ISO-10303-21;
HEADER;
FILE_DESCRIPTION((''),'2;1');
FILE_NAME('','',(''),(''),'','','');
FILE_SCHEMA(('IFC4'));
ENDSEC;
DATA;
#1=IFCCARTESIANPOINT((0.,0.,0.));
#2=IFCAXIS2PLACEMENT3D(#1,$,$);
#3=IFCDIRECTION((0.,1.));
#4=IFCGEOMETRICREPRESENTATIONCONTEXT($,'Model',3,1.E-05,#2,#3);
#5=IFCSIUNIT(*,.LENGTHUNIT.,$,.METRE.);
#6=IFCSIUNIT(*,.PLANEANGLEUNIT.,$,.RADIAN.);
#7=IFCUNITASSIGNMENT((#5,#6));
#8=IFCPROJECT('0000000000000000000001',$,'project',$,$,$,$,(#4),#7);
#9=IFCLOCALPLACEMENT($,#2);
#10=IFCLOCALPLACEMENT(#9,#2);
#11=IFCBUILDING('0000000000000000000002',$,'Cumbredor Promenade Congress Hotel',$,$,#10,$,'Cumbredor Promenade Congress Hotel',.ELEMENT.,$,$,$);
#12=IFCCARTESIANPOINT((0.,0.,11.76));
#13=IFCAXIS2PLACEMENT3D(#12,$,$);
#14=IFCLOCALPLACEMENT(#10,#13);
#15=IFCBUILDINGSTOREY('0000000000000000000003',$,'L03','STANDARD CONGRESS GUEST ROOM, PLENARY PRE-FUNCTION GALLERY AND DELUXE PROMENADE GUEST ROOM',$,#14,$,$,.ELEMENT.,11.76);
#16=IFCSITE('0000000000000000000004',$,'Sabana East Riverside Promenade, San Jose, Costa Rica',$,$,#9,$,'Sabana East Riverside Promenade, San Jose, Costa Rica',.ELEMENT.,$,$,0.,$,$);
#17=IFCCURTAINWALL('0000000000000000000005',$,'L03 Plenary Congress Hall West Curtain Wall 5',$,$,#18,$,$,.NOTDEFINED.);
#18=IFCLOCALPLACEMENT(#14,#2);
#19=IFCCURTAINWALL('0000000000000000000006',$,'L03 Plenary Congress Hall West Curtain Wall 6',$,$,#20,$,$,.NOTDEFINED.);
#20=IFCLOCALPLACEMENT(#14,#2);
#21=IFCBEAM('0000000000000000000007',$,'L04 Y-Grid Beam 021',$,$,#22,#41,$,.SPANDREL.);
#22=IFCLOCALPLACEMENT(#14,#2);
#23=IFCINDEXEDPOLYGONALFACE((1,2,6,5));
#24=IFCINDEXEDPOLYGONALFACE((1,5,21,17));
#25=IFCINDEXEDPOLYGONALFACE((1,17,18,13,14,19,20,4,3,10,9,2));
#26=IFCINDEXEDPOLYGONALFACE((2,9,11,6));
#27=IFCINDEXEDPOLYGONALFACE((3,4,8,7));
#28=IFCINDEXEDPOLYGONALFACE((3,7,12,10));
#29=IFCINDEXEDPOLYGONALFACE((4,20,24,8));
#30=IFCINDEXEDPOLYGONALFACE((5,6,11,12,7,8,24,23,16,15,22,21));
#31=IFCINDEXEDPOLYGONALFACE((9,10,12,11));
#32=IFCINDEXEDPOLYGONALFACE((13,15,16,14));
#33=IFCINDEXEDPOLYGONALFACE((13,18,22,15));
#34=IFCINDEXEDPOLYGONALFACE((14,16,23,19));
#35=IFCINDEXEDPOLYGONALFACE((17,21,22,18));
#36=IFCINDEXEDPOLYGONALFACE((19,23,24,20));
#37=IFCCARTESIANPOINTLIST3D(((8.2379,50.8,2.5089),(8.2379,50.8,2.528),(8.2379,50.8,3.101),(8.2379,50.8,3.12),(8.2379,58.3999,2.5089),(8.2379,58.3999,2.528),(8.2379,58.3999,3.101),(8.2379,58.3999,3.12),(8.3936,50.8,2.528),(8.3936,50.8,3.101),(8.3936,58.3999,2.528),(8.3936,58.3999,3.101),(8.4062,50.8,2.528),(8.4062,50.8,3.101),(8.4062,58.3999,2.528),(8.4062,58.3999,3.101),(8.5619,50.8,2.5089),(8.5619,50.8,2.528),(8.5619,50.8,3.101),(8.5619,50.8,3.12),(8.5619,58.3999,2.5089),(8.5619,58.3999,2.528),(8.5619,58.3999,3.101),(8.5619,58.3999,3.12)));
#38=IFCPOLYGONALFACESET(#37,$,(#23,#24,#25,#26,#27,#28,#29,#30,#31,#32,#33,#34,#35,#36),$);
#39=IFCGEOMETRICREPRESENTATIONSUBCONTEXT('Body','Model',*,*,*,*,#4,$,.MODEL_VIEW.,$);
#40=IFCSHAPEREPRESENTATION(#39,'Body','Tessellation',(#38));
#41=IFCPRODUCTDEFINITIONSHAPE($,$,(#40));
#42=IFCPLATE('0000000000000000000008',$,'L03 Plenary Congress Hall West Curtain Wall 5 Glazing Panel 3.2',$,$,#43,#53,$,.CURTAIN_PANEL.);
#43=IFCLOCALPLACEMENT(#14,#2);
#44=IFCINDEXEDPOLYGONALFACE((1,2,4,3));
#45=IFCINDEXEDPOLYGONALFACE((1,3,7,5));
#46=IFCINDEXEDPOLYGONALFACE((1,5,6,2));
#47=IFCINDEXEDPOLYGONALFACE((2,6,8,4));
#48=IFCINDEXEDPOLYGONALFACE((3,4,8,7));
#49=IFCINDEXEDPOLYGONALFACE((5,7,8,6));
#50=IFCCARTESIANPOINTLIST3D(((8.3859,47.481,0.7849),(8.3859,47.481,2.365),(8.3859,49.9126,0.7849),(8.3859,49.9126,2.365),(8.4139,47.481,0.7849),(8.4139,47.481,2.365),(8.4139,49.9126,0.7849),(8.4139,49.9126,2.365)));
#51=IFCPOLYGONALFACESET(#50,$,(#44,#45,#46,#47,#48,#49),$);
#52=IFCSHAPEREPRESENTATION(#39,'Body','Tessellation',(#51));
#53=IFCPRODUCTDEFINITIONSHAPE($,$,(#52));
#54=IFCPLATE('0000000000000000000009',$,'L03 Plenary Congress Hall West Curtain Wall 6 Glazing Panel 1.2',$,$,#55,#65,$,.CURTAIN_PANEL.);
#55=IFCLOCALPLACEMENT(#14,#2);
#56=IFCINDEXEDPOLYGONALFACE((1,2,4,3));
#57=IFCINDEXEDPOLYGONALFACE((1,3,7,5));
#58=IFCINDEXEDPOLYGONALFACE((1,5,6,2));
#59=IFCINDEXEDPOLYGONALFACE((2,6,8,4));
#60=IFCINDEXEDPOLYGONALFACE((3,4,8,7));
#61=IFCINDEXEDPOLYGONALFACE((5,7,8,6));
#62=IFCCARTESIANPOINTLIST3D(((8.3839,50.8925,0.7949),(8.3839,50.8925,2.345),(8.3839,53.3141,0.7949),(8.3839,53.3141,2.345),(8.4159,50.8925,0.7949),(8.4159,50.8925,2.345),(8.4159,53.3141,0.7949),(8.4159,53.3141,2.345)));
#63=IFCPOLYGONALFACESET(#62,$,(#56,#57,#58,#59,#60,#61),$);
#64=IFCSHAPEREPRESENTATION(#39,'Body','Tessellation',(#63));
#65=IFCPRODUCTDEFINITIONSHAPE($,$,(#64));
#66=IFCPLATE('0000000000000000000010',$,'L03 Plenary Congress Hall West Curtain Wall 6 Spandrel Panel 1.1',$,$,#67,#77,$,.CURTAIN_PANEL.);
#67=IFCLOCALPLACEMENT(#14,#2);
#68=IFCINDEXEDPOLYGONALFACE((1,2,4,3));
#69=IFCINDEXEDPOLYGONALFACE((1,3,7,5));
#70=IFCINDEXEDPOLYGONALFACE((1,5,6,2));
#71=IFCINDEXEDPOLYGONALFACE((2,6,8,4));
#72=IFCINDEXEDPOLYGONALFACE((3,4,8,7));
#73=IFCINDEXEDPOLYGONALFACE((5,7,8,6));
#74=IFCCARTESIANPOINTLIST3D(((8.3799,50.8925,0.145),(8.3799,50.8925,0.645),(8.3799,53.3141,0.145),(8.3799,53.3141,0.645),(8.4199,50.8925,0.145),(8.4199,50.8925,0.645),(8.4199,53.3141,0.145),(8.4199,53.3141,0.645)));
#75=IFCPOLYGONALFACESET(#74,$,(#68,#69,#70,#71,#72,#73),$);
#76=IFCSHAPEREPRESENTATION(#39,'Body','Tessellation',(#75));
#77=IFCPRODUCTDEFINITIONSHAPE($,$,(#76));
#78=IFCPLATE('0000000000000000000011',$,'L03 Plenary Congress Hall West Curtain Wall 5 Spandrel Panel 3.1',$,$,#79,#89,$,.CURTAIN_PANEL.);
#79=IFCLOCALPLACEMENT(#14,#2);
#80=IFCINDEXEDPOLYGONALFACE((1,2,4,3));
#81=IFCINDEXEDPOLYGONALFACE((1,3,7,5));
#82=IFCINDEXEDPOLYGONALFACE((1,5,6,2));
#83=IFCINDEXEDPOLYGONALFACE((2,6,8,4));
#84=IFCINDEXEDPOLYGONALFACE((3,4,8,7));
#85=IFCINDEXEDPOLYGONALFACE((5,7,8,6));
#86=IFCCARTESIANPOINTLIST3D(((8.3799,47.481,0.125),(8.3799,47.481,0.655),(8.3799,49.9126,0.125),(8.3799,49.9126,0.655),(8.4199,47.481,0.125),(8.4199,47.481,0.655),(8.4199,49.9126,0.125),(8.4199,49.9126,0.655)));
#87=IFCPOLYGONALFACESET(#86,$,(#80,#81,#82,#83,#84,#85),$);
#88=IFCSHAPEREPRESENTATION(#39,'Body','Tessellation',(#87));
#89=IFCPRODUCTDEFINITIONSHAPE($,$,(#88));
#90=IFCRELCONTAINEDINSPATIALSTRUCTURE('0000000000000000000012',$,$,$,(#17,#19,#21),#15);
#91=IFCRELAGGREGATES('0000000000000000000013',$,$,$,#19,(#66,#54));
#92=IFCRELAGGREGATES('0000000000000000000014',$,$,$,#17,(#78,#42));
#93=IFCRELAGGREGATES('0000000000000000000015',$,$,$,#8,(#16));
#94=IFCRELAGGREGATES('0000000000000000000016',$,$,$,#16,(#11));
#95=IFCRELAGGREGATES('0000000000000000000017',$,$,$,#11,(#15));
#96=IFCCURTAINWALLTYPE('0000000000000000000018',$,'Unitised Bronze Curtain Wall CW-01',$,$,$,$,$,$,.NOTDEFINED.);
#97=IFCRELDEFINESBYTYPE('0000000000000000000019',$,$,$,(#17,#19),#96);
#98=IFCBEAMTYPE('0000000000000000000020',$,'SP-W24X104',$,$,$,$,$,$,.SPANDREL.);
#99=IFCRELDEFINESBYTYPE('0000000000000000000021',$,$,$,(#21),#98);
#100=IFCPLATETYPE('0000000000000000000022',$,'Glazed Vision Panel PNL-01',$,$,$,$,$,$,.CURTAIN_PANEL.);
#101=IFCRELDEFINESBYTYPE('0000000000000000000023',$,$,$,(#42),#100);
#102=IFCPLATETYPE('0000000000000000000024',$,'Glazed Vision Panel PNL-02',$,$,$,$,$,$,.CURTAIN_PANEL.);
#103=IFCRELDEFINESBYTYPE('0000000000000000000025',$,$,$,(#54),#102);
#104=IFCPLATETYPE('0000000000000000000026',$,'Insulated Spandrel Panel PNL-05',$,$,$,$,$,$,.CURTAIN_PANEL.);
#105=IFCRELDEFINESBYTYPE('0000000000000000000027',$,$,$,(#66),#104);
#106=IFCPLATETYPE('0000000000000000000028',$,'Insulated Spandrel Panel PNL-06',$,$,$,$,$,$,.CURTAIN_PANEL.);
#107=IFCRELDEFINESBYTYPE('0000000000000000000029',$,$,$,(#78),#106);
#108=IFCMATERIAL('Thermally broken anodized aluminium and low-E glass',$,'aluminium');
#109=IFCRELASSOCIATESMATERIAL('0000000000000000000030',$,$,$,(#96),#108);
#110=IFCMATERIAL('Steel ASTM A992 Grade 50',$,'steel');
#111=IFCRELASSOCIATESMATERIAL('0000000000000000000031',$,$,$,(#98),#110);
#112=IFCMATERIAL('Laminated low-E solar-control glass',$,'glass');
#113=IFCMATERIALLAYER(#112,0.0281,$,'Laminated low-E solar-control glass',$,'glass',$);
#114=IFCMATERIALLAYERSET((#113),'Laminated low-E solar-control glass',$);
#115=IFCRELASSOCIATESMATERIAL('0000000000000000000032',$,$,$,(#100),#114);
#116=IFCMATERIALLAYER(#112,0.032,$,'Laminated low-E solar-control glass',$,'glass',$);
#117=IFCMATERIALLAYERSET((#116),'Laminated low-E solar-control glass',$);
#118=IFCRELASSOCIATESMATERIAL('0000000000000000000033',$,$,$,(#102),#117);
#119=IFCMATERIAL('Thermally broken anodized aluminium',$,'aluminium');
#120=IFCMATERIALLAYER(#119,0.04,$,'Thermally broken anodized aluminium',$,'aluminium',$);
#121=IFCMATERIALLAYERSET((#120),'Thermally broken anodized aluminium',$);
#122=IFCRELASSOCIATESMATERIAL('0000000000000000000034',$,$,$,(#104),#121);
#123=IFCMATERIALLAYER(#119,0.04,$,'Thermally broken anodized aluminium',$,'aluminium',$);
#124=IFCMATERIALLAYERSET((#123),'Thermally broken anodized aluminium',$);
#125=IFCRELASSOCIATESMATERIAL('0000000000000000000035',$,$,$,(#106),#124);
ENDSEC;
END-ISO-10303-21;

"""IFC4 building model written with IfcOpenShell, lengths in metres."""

from ifc_helpers import new_model, si_unit, direction, frame, origin, origin_2d, place, context, subcontext, project, spatial, rectangle, i_section, extrude, material, layer, layer_set, material_profile, profile_set, type_object, element, aggregate, save


model = new_model("IFC4")

# Units and contexts
model_context = context("Model", 3, precision=1e-05, world=origin(), true_north=direction((0.0, 1.0)))
body_context = subcontext(model_context, "Body", "Model", "MODEL_VIEW")
ifc_project = project(units=[si_unit("LENGTHUNIT", "METRE"), si_unit("PLANEANGLEUNIT", "RADIAN")], contexts=[model_context])

# Site, building, storey
site_placement = place(None, origin())
site = spatial("IfcSite", under=ifc_project, at=site_placement, Name="Sabana East Riverside Promenade, San Jose, Costa Rica", LongName="Sabana East Riverside Promenade, San Jose, Costa Rica", CompositionType="ELEMENT", RefElevation=0.0)
building_placement = place(site_placement, origin())
building = spatial("IfcBuilding", under=site, at=building_placement, Name="Cumbredor Promenade Congress Hotel", LongName="Cumbredor Promenade Congress Hotel", CompositionType="ELEMENT")
storey_placement = place(building_placement, frame((0.0, 0.0, 11.76)))
storey = spatial("IfcBuildingStorey", under=building, at=storey_placement, Name="L03", Description="STANDARD CONGRESS GUEST ROOM, PLENARY PRE-FUNCTION GALLERY AND DELUXE PROMENADE GUEST ROOM", CompositionType="ELEMENT", Elevation=11.76)

# Curtain walls
ifc_material_1 = material(Name="Thermally broken anodized aluminium and low-E glass", Category="aluminium")
curtain_wall_type = type_object("IfcCurtainWallType", Name="Unitised Bronze Curtain Wall CW-01", PredefinedType="NOTDEFINED", material=ifc_material_1)
curtain_wall_1_placement = place(storey_placement, origin())
curtain_wall_1 = element("IfcCurtainWall", 1, at=curtain_wall_1_placement, inside=storey, type_object=curtain_wall_type, Name="L03 Plenary Congress Hall West Curtain Wall 5", PredefinedType="NOTDEFINED")
ifc_material_2 = material(Name="Thermally broken anodized aluminium", Category="aluminium")
curtain_wall_2_placement = place(storey_placement, origin())
curtain_wall_2 = element("IfcCurtainWall", 2, at=curtain_wall_2_placement, inside=storey, type_object=curtain_wall_type, Name="L03 Plenary Congress Hall West Curtain Wall 6", PredefinedType="NOTDEFINED")

# Beam
ifc_material_3 = material(Name="Steel ASTM A992 Grade 50", Category="steel")
ifc_material_profile_1 = material_profile(ifc_material_3, i_section(OverallWidth=0.324, OverallDepth=0.6111, WebThickness=0.0127, FlangeThickness=0.019, at=origin_2d()), Name="W24X104")
ifc_profile_set_1 = profile_set([ifc_material_profile_1], Name="Steel ASTM A992 Grade 50")
beam_type_1 = type_object("IfcBeamType", Name="SP-W24X104", PredefinedType="SPANDREL", material=ifc_profile_set_1)
beam_1_placement = place(storey_placement, frame((8.3999, 50.8, 2.8145), z_axis=(0.0, 1.0, 0.0), x_axis=(-1.0, 0.0, 0.0)))
element("IfcBeam", 3, at=beam_1_placement, inside=storey, type_object=beam_type_1, Name="L04 Y-Grid Beam 021", PredefinedType="SPANDREL", context=body_context, shape_type="SweptSolid", body=[
    extrude(i_section(OverallWidth=0.324, OverallDepth=0.6111, WebThickness=0.0127, FlangeThickness=0.019, at=origin_2d()), origin(), (0.0, 0.0, 1.0), 7.5999),
])

# Plates
ifc_material_4 = material(Name="Laminated low-E solar-control glass", Category="glass")
ifc_layer_1 = layer(ifc_material_4, 0.0281, Name="Laminated low-E solar-control glass", Category="glass")
ifc_layer_set_1 = layer_set([ifc_layer_1], Name="Laminated low-E solar-control glass")
plate_type_1 = type_object("IfcPlateType", Name="Glazed Vision Panel PNL-01", PredefinedType="CURTAIN_PANEL", material=ifc_layer_set_1)
plate_1_placement = place(storey_placement, frame((8.3999, 48.6968, 0.7849), z_axis=(0.0, 0.0, 1.0), x_axis=(0.0, 1.0, 0.0)))
plate_1 = element("IfcPlate", 4, at=plate_1_placement, type_object=plate_type_1, Name="L03 Plenary Congress Hall West Curtain Wall 5 Glazing Panel 3.2", PredefinedType="CURTAIN_PANEL", context=body_context, shape_type="SweptSolid", body=[
    extrude(rectangle(XDim=2.4316, YDim=0.0281, at=origin_2d()), origin(), (0.0, 0.0, 1.0), 1.5801),
])
ifc_layer_2 = layer(ifc_material_4, 0.032, Name="Laminated low-E solar-control glass", Category="glass")
ifc_layer_set_2 = layer_set([ifc_layer_2], Name="Laminated low-E solar-control glass")
plate_type_2 = type_object("IfcPlateType", Name="Glazed Vision Panel PNL-02", PredefinedType="CURTAIN_PANEL", material=ifc_layer_set_2)
plate_2_placement = place(storey_placement, frame((8.3999, 52.1033, 0.7949), z_axis=(0.0, 0.0, 1.0), x_axis=(0.0, 1.0, 0.0)))
plate_2 = element("IfcPlate", 5, at=plate_2_placement, type_object=plate_type_2, Name="L03 Plenary Congress Hall West Curtain Wall 6 Glazing Panel 1.2", PredefinedType="CURTAIN_PANEL", context=body_context, shape_type="SweptSolid", body=[
    extrude(rectangle(XDim=2.4216, YDim=0.032, at=origin_2d()), origin(), (0.0, 0.0, 1.0), 1.55),
])
ifc_layer_3 = layer(ifc_material_2, 0.04, Name="Thermally broken anodized aluminium", Category="aluminium")
ifc_layer_set_3 = layer_set([ifc_layer_3], Name="Thermally broken anodized aluminium")
plate_type_3 = type_object("IfcPlateType", Name="Insulated Spandrel Panel PNL-05", PredefinedType="CURTAIN_PANEL", material=ifc_layer_set_3)
plate_3_placement = place(storey_placement, frame((8.3999, 52.1033, 0.145), z_axis=(0.0, 0.0, 1.0), x_axis=(0.0, 1.0, 0.0)))
plate_3 = element("IfcPlate", 6, at=plate_3_placement, type_object=plate_type_3, Name="L03 Plenary Congress Hall West Curtain Wall 6 Spandrel Panel 1.1", PredefinedType="CURTAIN_PANEL", context=body_context, shape_type="SweptSolid", body=[
    extrude(rectangle(XDim=2.4216, YDim=0.04, at=origin_2d()), origin(), (0.0, 0.0, 1.0), 0.5),
])
aggregate(curtain_wall_2, [plate_3, plate_2])
ifc_layer_4 = layer(ifc_material_2, 0.04, Name="Thermally broken anodized aluminium", Category="aluminium")
ifc_layer_set_4 = layer_set([ifc_layer_4], Name="Thermally broken anodized aluminium")
plate_type_4 = type_object("IfcPlateType", Name="Insulated Spandrel Panel PNL-06", PredefinedType="CURTAIN_PANEL", material=ifc_layer_set_4)
plate_4_placement = place(storey_placement, frame((8.3999, 48.6968, 0.125), z_axis=(0.0, 0.0, 1.0), x_axis=(0.0, 1.0, 0.0)))
plate_4 = element("IfcPlate", 7, at=plate_4_placement, type_object=plate_type_4, Name="L03 Plenary Congress Hall West Curtain Wall 5 Spandrel Panel 3.1", PredefinedType="CURTAIN_PANEL", context=body_context, shape_type="SweptSolid", body=[
    extrude(rectangle(XDim=2.4316, YDim=0.04, at=origin_2d()), origin(), (0.0, 0.0, 1.0), 0.53),
])
aggregate(curtain_wall_1, [plate_4, plate_1])

save(model, "model.ifc")
